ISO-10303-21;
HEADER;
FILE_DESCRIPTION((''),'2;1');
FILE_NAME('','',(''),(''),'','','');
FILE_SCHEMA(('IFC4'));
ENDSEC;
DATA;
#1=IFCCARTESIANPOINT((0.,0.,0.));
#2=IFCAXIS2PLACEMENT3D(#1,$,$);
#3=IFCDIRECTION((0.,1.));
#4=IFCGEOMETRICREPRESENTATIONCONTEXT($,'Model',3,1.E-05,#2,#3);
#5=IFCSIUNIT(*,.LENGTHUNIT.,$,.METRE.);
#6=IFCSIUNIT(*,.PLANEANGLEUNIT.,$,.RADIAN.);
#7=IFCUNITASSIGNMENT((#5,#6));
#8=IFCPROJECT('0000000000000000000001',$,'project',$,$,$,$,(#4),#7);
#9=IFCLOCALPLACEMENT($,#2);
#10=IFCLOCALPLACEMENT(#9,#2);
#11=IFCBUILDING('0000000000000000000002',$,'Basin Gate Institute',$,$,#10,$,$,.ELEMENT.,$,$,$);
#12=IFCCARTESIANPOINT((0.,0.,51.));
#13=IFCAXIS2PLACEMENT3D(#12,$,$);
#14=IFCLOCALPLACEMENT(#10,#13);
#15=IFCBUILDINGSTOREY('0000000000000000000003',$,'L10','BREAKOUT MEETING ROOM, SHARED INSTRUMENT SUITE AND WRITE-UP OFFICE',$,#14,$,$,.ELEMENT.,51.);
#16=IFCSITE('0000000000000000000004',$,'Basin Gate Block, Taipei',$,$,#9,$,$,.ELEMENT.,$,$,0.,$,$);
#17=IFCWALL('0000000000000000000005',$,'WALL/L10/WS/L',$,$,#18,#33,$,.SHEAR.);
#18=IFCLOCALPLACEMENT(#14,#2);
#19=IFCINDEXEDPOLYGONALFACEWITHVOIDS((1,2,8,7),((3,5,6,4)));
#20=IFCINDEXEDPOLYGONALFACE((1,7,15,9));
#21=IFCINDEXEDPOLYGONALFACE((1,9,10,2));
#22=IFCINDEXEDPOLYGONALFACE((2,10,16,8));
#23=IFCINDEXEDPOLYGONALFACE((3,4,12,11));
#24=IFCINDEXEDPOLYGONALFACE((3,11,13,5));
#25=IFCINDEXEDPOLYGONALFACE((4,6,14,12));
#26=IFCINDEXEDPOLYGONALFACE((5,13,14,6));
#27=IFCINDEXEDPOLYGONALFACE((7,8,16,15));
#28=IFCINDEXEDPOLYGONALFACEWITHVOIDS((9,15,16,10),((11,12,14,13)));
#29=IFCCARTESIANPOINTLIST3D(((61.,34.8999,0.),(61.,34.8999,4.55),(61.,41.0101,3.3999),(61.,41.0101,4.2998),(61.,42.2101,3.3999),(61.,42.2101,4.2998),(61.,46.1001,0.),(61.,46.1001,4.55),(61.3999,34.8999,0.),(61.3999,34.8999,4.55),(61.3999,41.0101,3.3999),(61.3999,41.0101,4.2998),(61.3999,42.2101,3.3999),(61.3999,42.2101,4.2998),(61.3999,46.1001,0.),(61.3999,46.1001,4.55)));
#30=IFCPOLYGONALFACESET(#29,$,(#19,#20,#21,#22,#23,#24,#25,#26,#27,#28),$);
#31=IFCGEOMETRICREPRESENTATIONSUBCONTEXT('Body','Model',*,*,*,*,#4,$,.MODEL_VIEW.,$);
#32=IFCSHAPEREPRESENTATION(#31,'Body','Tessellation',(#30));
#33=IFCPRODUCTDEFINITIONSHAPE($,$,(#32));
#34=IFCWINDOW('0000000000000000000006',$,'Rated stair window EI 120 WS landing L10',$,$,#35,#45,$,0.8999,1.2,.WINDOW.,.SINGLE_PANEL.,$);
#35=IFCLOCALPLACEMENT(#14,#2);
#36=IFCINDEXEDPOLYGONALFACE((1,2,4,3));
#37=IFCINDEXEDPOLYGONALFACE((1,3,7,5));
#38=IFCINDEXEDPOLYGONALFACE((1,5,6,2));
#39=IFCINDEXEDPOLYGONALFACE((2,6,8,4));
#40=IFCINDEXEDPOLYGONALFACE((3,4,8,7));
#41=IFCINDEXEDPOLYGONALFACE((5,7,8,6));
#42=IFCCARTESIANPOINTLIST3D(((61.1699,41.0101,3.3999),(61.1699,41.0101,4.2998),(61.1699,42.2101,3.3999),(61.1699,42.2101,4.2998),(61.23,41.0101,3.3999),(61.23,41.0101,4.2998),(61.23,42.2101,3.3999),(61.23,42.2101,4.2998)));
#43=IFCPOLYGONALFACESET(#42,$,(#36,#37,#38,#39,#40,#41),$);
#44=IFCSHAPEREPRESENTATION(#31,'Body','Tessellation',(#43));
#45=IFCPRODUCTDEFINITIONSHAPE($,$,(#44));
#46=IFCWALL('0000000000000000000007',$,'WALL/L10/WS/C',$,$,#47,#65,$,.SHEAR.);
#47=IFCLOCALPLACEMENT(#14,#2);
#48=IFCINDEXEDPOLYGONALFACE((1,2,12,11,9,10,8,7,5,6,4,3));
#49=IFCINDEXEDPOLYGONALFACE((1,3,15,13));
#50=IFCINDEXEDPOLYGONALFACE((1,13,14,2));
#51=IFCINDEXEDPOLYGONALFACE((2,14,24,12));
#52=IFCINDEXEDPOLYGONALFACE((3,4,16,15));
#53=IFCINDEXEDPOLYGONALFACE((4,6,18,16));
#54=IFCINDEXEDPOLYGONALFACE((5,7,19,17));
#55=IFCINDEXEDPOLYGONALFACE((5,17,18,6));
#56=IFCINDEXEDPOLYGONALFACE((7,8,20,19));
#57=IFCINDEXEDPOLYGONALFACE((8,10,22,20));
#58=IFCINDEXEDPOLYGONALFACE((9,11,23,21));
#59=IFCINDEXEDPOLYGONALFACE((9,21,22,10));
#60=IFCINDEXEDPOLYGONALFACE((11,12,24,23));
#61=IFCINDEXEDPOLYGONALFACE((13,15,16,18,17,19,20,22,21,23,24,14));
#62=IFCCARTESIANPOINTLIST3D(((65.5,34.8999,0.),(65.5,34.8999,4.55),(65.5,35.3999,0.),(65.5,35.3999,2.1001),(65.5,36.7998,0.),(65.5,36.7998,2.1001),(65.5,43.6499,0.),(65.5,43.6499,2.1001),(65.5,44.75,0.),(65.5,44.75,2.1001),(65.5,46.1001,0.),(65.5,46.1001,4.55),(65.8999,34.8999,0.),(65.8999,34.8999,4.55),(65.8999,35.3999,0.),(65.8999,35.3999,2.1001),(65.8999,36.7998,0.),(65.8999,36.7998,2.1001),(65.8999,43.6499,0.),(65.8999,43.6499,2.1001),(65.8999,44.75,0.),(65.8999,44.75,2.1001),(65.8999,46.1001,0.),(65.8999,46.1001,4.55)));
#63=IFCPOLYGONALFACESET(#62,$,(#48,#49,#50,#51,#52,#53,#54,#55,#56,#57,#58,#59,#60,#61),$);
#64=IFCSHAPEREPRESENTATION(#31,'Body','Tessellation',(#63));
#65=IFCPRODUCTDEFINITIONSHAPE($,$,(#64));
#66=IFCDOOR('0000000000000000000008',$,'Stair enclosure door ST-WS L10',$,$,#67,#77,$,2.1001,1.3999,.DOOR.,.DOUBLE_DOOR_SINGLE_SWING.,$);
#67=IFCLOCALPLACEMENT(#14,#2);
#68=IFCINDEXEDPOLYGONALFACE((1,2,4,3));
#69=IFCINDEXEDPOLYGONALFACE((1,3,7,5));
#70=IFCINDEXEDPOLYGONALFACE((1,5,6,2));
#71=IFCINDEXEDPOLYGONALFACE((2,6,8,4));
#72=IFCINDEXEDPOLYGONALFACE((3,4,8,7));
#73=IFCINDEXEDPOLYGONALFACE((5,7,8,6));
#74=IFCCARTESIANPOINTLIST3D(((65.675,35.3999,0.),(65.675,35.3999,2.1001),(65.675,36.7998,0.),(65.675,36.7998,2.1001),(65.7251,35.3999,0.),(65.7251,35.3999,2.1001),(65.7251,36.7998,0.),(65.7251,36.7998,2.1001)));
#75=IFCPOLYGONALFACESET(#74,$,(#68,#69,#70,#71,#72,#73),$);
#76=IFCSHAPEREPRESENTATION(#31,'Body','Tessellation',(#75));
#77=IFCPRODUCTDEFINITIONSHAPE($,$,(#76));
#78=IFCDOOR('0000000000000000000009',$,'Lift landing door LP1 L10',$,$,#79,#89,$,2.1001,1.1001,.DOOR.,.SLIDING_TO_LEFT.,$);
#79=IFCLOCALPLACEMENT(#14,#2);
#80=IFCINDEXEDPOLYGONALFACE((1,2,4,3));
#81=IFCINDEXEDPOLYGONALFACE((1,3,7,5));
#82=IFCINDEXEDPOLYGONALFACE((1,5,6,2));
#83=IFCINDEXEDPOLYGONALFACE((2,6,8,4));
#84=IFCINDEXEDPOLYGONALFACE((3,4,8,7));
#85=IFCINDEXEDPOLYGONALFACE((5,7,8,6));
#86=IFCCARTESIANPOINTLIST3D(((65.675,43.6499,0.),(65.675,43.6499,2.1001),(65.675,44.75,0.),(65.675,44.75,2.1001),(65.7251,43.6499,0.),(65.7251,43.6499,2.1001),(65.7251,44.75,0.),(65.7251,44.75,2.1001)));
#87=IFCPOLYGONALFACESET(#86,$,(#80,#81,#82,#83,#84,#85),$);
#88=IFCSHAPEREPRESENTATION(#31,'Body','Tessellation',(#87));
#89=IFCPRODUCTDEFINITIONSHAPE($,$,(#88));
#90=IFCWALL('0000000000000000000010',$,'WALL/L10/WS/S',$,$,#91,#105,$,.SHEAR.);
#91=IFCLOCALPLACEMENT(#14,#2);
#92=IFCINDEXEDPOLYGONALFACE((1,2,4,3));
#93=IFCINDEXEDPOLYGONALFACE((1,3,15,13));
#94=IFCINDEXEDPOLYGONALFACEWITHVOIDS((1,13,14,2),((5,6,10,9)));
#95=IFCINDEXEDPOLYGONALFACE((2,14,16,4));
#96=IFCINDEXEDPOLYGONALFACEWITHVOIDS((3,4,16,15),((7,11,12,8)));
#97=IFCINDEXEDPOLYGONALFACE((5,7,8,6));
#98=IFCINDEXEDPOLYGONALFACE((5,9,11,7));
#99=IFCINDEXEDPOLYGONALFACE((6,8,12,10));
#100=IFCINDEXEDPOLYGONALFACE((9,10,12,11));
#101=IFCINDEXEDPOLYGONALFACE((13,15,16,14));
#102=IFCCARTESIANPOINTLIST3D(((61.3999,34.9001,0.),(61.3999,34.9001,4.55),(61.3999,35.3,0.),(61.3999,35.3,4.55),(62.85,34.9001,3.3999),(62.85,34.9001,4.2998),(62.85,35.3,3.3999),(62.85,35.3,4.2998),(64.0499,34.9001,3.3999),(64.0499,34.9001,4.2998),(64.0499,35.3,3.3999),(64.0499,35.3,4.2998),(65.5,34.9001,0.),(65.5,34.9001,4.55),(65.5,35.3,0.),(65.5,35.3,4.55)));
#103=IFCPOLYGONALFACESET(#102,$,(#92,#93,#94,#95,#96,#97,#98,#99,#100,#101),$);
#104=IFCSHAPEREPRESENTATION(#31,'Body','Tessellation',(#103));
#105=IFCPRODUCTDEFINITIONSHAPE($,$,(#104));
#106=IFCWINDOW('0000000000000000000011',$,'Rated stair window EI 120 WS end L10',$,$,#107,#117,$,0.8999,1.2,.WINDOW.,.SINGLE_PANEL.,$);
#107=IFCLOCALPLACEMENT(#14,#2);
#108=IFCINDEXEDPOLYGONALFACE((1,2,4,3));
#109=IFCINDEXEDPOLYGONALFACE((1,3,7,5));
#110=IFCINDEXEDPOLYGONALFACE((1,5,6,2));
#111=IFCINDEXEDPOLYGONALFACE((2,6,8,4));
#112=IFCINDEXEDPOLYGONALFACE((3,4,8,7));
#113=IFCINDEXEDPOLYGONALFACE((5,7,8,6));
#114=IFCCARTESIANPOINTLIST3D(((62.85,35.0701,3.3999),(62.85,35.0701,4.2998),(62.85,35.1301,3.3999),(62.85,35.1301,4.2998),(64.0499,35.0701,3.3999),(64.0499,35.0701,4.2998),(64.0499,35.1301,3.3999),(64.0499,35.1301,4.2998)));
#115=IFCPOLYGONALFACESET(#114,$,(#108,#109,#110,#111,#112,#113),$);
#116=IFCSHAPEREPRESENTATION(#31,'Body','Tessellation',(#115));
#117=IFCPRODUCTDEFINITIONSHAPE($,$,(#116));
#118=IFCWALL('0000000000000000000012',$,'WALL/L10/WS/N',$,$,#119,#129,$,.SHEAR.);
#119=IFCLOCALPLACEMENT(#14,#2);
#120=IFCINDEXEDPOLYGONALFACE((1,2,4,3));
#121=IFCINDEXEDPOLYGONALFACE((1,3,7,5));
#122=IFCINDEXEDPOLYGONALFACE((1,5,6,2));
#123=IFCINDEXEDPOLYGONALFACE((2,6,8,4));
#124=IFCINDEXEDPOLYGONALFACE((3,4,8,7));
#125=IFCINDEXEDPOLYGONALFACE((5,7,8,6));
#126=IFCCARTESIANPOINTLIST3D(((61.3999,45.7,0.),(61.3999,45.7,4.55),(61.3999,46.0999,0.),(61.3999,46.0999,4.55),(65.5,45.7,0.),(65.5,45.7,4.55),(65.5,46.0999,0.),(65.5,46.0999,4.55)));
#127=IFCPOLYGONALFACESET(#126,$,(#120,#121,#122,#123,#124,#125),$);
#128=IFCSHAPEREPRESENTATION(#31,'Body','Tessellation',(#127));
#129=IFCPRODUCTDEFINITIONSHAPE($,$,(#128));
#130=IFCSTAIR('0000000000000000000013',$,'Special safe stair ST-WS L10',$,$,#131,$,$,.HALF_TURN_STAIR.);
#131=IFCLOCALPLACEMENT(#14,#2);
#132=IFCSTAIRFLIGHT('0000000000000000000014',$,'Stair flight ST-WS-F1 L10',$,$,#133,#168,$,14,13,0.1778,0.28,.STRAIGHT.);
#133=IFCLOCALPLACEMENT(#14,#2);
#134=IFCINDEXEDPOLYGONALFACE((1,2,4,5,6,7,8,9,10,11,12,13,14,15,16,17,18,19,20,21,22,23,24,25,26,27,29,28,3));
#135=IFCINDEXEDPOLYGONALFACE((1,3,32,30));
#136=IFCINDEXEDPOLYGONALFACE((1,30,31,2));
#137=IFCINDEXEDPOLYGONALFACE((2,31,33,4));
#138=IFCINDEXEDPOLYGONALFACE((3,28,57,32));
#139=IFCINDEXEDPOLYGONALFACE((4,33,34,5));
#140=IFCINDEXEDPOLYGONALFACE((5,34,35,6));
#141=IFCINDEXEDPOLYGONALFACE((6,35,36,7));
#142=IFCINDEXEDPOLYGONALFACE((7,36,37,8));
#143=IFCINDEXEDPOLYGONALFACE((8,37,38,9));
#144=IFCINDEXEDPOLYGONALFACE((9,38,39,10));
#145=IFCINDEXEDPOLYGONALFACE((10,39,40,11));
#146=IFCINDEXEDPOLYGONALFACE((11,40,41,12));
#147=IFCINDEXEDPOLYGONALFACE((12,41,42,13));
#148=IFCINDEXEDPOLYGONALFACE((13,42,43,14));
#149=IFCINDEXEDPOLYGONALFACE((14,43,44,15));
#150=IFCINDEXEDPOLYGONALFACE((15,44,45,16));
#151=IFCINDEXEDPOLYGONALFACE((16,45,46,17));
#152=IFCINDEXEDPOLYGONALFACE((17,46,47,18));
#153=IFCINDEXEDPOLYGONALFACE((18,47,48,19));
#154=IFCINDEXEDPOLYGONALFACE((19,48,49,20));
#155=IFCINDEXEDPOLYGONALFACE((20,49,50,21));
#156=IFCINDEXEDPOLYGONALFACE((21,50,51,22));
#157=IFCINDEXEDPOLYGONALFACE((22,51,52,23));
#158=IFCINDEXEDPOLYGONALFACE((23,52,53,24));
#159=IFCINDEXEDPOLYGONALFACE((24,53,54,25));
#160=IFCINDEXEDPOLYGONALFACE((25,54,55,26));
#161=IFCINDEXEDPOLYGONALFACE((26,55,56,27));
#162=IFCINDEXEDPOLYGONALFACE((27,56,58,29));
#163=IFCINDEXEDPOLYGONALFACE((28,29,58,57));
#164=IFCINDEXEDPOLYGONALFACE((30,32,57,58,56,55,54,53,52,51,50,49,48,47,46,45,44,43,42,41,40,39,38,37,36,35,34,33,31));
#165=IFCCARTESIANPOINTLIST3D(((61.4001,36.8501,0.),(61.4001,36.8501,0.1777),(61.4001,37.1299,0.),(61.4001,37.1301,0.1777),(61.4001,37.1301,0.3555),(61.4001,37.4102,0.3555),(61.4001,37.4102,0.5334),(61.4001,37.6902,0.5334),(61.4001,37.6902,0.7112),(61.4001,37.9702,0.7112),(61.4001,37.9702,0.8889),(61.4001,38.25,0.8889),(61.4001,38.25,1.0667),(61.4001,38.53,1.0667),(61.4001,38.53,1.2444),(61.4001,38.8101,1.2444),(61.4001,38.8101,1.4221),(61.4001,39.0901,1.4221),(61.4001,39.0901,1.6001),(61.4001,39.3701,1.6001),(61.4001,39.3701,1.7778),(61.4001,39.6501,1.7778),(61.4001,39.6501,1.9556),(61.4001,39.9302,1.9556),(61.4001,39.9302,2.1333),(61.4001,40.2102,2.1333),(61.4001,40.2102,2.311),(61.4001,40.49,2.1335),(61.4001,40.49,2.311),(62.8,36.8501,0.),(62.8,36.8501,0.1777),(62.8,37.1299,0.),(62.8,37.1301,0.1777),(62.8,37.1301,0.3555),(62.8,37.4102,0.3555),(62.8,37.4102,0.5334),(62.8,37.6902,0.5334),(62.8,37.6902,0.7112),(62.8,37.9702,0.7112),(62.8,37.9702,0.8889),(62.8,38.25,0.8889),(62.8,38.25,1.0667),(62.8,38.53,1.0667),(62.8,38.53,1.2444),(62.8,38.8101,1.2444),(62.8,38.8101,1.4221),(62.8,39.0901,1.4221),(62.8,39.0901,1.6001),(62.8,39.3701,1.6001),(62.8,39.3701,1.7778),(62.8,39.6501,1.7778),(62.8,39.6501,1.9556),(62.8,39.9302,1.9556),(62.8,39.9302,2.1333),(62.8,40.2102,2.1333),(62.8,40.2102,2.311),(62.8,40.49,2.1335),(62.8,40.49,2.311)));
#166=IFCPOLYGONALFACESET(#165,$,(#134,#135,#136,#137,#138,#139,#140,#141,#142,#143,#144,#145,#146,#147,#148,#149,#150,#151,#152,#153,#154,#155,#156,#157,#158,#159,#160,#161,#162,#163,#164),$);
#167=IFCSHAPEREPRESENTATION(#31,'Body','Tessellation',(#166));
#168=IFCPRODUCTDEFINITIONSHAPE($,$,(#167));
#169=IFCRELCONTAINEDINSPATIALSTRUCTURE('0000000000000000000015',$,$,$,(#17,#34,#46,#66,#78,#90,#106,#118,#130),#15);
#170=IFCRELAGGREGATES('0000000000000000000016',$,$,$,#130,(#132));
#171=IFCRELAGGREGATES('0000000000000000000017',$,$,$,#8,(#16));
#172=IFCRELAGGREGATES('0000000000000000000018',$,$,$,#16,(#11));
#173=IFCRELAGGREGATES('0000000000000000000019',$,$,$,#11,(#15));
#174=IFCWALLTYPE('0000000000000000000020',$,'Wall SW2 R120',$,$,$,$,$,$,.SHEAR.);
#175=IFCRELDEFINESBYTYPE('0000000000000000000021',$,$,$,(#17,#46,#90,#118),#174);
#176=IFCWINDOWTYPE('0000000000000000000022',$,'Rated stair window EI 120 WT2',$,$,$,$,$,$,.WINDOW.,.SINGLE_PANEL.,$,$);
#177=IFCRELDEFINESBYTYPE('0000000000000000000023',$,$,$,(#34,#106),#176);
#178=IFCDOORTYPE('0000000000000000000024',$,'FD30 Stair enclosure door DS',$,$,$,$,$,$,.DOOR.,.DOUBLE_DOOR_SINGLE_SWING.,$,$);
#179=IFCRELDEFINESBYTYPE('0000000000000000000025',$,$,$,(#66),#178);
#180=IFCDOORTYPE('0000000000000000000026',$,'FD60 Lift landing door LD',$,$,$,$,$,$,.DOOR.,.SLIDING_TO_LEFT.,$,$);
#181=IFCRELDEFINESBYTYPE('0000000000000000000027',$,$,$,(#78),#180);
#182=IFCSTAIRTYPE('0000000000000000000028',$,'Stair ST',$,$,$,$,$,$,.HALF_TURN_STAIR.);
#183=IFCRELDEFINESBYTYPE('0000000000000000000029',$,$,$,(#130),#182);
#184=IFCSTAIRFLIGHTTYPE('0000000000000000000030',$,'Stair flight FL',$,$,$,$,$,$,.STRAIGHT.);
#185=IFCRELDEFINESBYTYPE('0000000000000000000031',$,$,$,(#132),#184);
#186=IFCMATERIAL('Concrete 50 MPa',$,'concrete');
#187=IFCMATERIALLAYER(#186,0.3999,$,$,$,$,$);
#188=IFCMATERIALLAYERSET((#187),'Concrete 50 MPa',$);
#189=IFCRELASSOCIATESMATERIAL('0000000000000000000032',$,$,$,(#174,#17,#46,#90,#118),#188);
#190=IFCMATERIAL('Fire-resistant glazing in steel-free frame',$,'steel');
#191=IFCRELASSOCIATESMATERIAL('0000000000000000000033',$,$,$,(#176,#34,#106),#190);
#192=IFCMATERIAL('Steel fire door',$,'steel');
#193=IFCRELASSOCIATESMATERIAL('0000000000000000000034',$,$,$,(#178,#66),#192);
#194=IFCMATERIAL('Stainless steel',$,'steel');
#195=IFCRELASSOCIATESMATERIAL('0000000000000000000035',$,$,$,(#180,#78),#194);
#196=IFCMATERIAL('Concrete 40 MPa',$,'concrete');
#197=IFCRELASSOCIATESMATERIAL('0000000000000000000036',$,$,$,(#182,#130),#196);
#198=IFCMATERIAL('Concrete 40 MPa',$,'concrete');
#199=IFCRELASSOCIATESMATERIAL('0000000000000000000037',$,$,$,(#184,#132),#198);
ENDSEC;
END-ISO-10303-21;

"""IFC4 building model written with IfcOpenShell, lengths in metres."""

from ifc_helpers import new_model, si_unit, direction, frame, frame_2d, origin, place, context, subcontext, project, spatial, polyline, rectangle, outline, extrude, material, layer, layer_set, type_object, element, fill, aggregate, save


model = new_model("IFC4")

# Units and contexts
model_context = context("Model", 3, precision=1e-05, world=origin(), true_north=direction((0.0, 1.0)))
body_context = subcontext(model_context, "Body", "Model", "MODEL_VIEW")
ifc_project = project(units=[si_unit("LENGTHUNIT", "METRE"), si_unit("PLANEANGLEUNIT", "RADIAN")], contexts=[model_context])

# Site, building, storey
site_placement = place(None, origin())
site = spatial("IfcSite", under=ifc_project, at=site_placement, Name="Basin Gate Block, Taipei", CompositionType="ELEMENT", RefElevation=0.0)
building_placement = place(site_placement, origin())
building = spatial("IfcBuilding", under=site, at=building_placement, Name="Basin Gate Institute", CompositionType="ELEMENT")
storey_placement = place(building_placement, frame((0.0, 0.0, 51.0)))
storey = spatial("IfcBuildingStorey", under=building, at=storey_placement, Name="L10", Description="BREAKOUT MEETING ROOM, SHARED INSTRUMENT SUITE AND WRITE-UP OFFICE", CompositionType="ELEMENT", Elevation=51.0)

# Wall, opening, window
ifc_material_1 = material(Name="Concrete 50 MPa", Category="concrete")
ifc_layer_1 = layer(ifc_material_1, 0.3999)
ifc_layer_set_1 = layer_set([ifc_layer_1], Name="Concrete 50 MPa")
wall_type_1 = type_object("IfcWallType", Name="Wall SW2 R120", PredefinedType="SHEAR", material=ifc_layer_set_1)
wall_1_placement = place(storey_placement, frame((61.2, 34.8999, 0.0), z_axis=(0.0, 0.0, 1.0), x_axis=(0.0, 1.0, 0.0)))
wall_1 = element("IfcWall", 1, at=wall_1_placement, inside=storey, type_object=wall_type_1, material=ifc_layer_set_1, Name="WALL/L10/WS/L", PredefinedType="SHEAR", context=body_context, shape_type="SweptSolid", body=[
    extrude(rectangle(XDim=11.2002, YDim=0.3999, at=frame_2d((5.6001, 0.0))), origin(), (0.0, 0.0, 1.0), 4.55),
])
opening_1_placement = place(wall_1_placement, frame((6.1101, 0.0, 3.3999)))
opening_1 = element("IfcOpeningElement", 2, at=opening_1_placement, cuts=wall_1, PredefinedType="OPENING", context=body_context, shape_type="SweptSolid", body=[
    extrude(rectangle(XDim=1.2, YDim=0.8999, at=frame_2d((0.6001, 0.45))), frame((0.0, 0.21, 0.0), z_axis=(0.0, -1.0, 0.0), x_axis=(1.0, 0.0, 0.0)), (0.0, 0.0, 1.0), 0.4199),
])
ifc_material_2 = material(Name="Fire-resistant glazing in steel-free frame", Category="steel")
window_type_1 = type_object("IfcWindowType", Name="Rated stair window EI 120 WT2", PartitioningType="SINGLE_PANEL", PredefinedType="WINDOW", material=ifc_material_2)
window_1_placement = place(opening_1_placement, origin())
window_1 = element("IfcWindow", 3, at=window_1_placement, inside=storey, type_object=window_type_1, material=ifc_material_2, Name="Rated stair window EI 120 WS landing L10", OverallHeight=0.8999, OverallWidth=1.2, PartitioningType="SINGLE_PANEL", PredefinedType="WINDOW", context=body_context, shape_type="SweptSolid", body=[
    extrude(rectangle(XDim=1.2, YDim=0.8999, at=frame_2d((0.6001, 0.45))), frame((0.0, 0.03, 0.0), z_axis=(0.0, -1.0, 0.0), x_axis=(1.0, 0.0, 0.0)), (0.0, 0.0, 1.0), 0.0601),
])
fill(opening_1, window_1)

# Wall, openings, doors
wall_2_placement = place(storey_placement, frame((65.7, 34.8999, 0.0), z_axis=(0.0, 0.0, 1.0), x_axis=(0.0, 1.0, 0.0)))
wall_2 = element("IfcWall", 4, at=wall_2_placement, inside=storey, type_object=wall_type_1, material=ifc_layer_set_1, Name="WALL/L10/WS/C", PredefinedType="SHEAR", context=body_context, shape_type="SweptSolid", body=[
    extrude(rectangle(XDim=11.2002, YDim=0.3999, at=frame_2d((5.6001, 0.0))), origin(), (0.0, 0.0, 1.0), 4.55),
])
opening_2_placement = place(wall_2_placement, frame((0.5, 0.0, 0.0)))
opening_2 = element("IfcOpeningElement", 5, at=opening_2_placement, cuts=wall_2, PredefinedType="OPENING", context=body_context, shape_type="SweptSolid", body=[
    extrude(rectangle(XDim=1.3999, YDim=2.1001, at=frame_2d((0.7, 1.05))), frame((0.0, 0.21, 0.0), z_axis=(0.0, -1.0, 0.0), x_axis=(1.0, 0.0, 0.0)), (0.0, 0.0, 1.0), 0.4199),
])
opening_3_placement = place(wall_2_placement, frame((8.75, 0.0, 0.0)))
opening_3 = element("IfcOpeningElement", 6, at=opening_3_placement, cuts=wall_2, PredefinedType="OPENING", context=body_context, shape_type="SweptSolid", body=[
    extrude(rectangle(XDim=1.1001, YDim=2.1001, at=frame_2d((0.55, 1.05))), frame((0.0, 0.21, 0.0), z_axis=(0.0, -1.0, 0.0), x_axis=(1.0, 0.0, 0.0)), (0.0, 0.0, 1.0), 0.4199),
])
ifc_material_3 = material(Name="Steel fire door", Category="steel")
door_type_1 = type_object("IfcDoorType", Name="FD30 Stair enclosure door DS", OperationType="DOUBLE_DOOR_SINGLE_SWING", PredefinedType="DOOR", material=ifc_material_3)
door_1_placement = place(opening_2_placement, origin())
door_1 = element("IfcDoor", 7, at=door_1_placement, inside=storey, type_object=door_type_1, material=ifc_material_3, Name="Stair enclosure door ST-WS L10", OperationType="DOUBLE_DOOR_SINGLE_SWING", OverallHeight=2.1001, OverallWidth=1.3999, PredefinedType="DOOR", context=body_context, shape_type="SweptSolid", body=[
    extrude(rectangle(XDim=1.3999, YDim=2.1001, at=frame_2d((0.7, 1.05))), frame((0.0, 0.0249, 0.0), z_axis=(0.0, -1.0, 0.0), x_axis=(1.0, 0.0, 0.0)), (0.0, 0.0, 1.0), 0.05),
])
fill(opening_2, door_1)
ifc_material_4 = material(Name="Stainless steel", Category="steel")
door_type_2 = type_object("IfcDoorType", Name="FD60 Lift landing door LD", OperationType="SLIDING_TO_LEFT", PredefinedType="DOOR", material=ifc_material_4)
door_2_placement = place(opening_3_placement, origin())
door_2 = element("IfcDoor", 8, at=door_2_placement, inside=storey, type_object=door_type_2, material=ifc_material_4, Name="Lift landing door LP1 L10", OperationType="SLIDING_TO_LEFT", OverallHeight=2.1001, OverallWidth=1.1001, PredefinedType="DOOR", context=body_context, shape_type="SweptSolid", body=[
    extrude(rectangle(XDim=1.1001, YDim=2.1001, at=frame_2d((0.55, 1.05))), frame((0.0, 0.0249, 0.0), z_axis=(0.0, -1.0, 0.0), x_axis=(1.0, 0.0, 0.0)), (0.0, 0.0, 1.0), 0.05),
])
fill(opening_3, door_2)

# Wall, opening, window
wall_3_placement = place(storey_placement, frame((61.3999, 35.1001, 0.0), z_axis=(0.0, 0.0, 1.0), x_axis=(1.0, 0.0, 0.0)))
wall_3 = element("IfcWall", 9, at=wall_3_placement, inside=storey, type_object=wall_type_1, material=ifc_layer_set_1, Name="WALL/L10/WS/S", PredefinedType="SHEAR", context=body_context, shape_type="SweptSolid", body=[
    extrude(rectangle(XDim=4.1001, YDim=0.3999, at=frame_2d((2.05, 0.0))), origin(), (0.0, 0.0, 1.0), 4.55),
])
opening_4_placement = place(wall_3_placement, frame((1.45, 0.0, 3.3999)))
opening_4 = element("IfcOpeningElement", 10, at=opening_4_placement, cuts=wall_3, PredefinedType="OPENING", context=body_context, shape_type="SweptSolid", body=[
    extrude(rectangle(XDim=1.2, YDim=0.8999, at=frame_2d((0.6001, 0.45))), frame((0.0, 0.21, 0.0), z_axis=(0.0, -1.0, 0.0), x_axis=(1.0, 0.0, 0.0)), (0.0, 0.0, 1.0), 0.4199),
])
window_2_placement = place(opening_4_placement, origin())
window_2 = element("IfcWindow", 11, at=window_2_placement, inside=storey, type_object=window_type_1, material=ifc_material_2, Name="Rated stair window EI 120 WS end L10", OverallHeight=0.8999, OverallWidth=1.2, PartitioningType="SINGLE_PANEL", PredefinedType="WINDOW", context=body_context, shape_type="SweptSolid", body=[
    extrude(rectangle(XDim=1.2, YDim=0.8999, at=frame_2d((0.6001, 0.45))), frame((0.0, 0.03, 0.0), z_axis=(0.0, -1.0, 0.0), x_axis=(1.0, 0.0, 0.0)), (0.0, 0.0, 1.0), 0.0601),
])
fill(opening_4, window_2)

# Wall
wall_4_placement = place(storey_placement, frame((61.3999, 45.8999, 0.0), z_axis=(0.0, 0.0, 1.0), x_axis=(1.0, 0.0, 0.0)))
element("IfcWall", 12, at=wall_4_placement, inside=storey, type_object=wall_type_1, material=ifc_layer_set_1, Name="WALL/L10/WS/N", PredefinedType="SHEAR", context=body_context, shape_type="SweptSolid", body=[
    extrude(rectangle(XDim=4.1001, YDim=0.3999, at=frame_2d((2.05, 0.0))), origin(), (0.0, 0.0, 1.0), 4.55),
])

# Stair, stair flight
ifc_material_5 = material(Name="Concrete 40 MPa", Category="concrete")
stair_type = type_object("IfcStairType", Name="Stair ST", PredefinedType="HALF_TURN_STAIR", material=ifc_material_5)
stair_placement = place(storey_placement, origin())
stair = element("IfcStair", 13, at=stair_placement, inside=storey, type_object=stair_type, material=ifc_material_5, Name="Special safe stair ST-WS L10", PredefinedType="HALF_TURN_STAIR")
ifc_material_6 = material(Name="Concrete 40 MPa", Category="concrete")
stair_flight_type = type_object("IfcStairFlightType", Name="Stair flight FL", PredefinedType="STRAIGHT", material=ifc_material_6)
stair_flight_1_placement = place(storey_placement, frame((62.1001, 36.8501, 0.0), z_axis=(0.0, 0.0, 1.0), x_axis=(0.0, 1.0, 0.0)))
stair_flight_1 = element("IfcStairFlight", 14, at=stair_flight_1_placement, type_object=stair_flight_type, material=ifc_material_6, Name="Stair flight ST-WS-F1 L10", NumberOfRisers=14, NumberOfTreads=13, PredefinedType="STRAIGHT", RiserHeight=0.1778, TreadLength=0.28, context=body_context, shape_type="SweptSolid", body=[
    extrude(outline(polyline([(0.0, 0.0), (0.0, 0.1777), (0.28, 0.1777), (0.28, 0.3555), (0.5601, 0.3555), (0.5601, 0.5334), (0.8401, 0.5334), (0.8401, 0.7112), (1.1201, 0.7112), (1.1201, 0.8889), (1.3999, 0.8889), (1.3999, 1.0667), (1.6799, 1.0667), (1.6799, 1.2444), (1.96, 1.2444), (1.96, 1.4221), (2.24, 1.4221), (2.24, 1.6001), (2.52, 1.6001), (2.52, 1.7778), (2.8, 1.7778), (2.8, 1.9556), (3.0801, 1.9556), (3.0801, 2.1333), (3.3601, 2.1333), (3.3601, 2.311), (3.6399, 2.311), (3.6399, 2.4888), (3.6399, 2.1335), (0.2798, 0.0), (0.0, 0.0)])), frame((0.0, 0.7, 0.0), z_axis=(0.0, -1.0, 0.0), x_axis=(1.0, 0.0, 0.0)), (0.0, 0.0, 1.0), 1.3999),
])
aggregate(stair, [stair_flight_1])

save(model, "model.ifc")
